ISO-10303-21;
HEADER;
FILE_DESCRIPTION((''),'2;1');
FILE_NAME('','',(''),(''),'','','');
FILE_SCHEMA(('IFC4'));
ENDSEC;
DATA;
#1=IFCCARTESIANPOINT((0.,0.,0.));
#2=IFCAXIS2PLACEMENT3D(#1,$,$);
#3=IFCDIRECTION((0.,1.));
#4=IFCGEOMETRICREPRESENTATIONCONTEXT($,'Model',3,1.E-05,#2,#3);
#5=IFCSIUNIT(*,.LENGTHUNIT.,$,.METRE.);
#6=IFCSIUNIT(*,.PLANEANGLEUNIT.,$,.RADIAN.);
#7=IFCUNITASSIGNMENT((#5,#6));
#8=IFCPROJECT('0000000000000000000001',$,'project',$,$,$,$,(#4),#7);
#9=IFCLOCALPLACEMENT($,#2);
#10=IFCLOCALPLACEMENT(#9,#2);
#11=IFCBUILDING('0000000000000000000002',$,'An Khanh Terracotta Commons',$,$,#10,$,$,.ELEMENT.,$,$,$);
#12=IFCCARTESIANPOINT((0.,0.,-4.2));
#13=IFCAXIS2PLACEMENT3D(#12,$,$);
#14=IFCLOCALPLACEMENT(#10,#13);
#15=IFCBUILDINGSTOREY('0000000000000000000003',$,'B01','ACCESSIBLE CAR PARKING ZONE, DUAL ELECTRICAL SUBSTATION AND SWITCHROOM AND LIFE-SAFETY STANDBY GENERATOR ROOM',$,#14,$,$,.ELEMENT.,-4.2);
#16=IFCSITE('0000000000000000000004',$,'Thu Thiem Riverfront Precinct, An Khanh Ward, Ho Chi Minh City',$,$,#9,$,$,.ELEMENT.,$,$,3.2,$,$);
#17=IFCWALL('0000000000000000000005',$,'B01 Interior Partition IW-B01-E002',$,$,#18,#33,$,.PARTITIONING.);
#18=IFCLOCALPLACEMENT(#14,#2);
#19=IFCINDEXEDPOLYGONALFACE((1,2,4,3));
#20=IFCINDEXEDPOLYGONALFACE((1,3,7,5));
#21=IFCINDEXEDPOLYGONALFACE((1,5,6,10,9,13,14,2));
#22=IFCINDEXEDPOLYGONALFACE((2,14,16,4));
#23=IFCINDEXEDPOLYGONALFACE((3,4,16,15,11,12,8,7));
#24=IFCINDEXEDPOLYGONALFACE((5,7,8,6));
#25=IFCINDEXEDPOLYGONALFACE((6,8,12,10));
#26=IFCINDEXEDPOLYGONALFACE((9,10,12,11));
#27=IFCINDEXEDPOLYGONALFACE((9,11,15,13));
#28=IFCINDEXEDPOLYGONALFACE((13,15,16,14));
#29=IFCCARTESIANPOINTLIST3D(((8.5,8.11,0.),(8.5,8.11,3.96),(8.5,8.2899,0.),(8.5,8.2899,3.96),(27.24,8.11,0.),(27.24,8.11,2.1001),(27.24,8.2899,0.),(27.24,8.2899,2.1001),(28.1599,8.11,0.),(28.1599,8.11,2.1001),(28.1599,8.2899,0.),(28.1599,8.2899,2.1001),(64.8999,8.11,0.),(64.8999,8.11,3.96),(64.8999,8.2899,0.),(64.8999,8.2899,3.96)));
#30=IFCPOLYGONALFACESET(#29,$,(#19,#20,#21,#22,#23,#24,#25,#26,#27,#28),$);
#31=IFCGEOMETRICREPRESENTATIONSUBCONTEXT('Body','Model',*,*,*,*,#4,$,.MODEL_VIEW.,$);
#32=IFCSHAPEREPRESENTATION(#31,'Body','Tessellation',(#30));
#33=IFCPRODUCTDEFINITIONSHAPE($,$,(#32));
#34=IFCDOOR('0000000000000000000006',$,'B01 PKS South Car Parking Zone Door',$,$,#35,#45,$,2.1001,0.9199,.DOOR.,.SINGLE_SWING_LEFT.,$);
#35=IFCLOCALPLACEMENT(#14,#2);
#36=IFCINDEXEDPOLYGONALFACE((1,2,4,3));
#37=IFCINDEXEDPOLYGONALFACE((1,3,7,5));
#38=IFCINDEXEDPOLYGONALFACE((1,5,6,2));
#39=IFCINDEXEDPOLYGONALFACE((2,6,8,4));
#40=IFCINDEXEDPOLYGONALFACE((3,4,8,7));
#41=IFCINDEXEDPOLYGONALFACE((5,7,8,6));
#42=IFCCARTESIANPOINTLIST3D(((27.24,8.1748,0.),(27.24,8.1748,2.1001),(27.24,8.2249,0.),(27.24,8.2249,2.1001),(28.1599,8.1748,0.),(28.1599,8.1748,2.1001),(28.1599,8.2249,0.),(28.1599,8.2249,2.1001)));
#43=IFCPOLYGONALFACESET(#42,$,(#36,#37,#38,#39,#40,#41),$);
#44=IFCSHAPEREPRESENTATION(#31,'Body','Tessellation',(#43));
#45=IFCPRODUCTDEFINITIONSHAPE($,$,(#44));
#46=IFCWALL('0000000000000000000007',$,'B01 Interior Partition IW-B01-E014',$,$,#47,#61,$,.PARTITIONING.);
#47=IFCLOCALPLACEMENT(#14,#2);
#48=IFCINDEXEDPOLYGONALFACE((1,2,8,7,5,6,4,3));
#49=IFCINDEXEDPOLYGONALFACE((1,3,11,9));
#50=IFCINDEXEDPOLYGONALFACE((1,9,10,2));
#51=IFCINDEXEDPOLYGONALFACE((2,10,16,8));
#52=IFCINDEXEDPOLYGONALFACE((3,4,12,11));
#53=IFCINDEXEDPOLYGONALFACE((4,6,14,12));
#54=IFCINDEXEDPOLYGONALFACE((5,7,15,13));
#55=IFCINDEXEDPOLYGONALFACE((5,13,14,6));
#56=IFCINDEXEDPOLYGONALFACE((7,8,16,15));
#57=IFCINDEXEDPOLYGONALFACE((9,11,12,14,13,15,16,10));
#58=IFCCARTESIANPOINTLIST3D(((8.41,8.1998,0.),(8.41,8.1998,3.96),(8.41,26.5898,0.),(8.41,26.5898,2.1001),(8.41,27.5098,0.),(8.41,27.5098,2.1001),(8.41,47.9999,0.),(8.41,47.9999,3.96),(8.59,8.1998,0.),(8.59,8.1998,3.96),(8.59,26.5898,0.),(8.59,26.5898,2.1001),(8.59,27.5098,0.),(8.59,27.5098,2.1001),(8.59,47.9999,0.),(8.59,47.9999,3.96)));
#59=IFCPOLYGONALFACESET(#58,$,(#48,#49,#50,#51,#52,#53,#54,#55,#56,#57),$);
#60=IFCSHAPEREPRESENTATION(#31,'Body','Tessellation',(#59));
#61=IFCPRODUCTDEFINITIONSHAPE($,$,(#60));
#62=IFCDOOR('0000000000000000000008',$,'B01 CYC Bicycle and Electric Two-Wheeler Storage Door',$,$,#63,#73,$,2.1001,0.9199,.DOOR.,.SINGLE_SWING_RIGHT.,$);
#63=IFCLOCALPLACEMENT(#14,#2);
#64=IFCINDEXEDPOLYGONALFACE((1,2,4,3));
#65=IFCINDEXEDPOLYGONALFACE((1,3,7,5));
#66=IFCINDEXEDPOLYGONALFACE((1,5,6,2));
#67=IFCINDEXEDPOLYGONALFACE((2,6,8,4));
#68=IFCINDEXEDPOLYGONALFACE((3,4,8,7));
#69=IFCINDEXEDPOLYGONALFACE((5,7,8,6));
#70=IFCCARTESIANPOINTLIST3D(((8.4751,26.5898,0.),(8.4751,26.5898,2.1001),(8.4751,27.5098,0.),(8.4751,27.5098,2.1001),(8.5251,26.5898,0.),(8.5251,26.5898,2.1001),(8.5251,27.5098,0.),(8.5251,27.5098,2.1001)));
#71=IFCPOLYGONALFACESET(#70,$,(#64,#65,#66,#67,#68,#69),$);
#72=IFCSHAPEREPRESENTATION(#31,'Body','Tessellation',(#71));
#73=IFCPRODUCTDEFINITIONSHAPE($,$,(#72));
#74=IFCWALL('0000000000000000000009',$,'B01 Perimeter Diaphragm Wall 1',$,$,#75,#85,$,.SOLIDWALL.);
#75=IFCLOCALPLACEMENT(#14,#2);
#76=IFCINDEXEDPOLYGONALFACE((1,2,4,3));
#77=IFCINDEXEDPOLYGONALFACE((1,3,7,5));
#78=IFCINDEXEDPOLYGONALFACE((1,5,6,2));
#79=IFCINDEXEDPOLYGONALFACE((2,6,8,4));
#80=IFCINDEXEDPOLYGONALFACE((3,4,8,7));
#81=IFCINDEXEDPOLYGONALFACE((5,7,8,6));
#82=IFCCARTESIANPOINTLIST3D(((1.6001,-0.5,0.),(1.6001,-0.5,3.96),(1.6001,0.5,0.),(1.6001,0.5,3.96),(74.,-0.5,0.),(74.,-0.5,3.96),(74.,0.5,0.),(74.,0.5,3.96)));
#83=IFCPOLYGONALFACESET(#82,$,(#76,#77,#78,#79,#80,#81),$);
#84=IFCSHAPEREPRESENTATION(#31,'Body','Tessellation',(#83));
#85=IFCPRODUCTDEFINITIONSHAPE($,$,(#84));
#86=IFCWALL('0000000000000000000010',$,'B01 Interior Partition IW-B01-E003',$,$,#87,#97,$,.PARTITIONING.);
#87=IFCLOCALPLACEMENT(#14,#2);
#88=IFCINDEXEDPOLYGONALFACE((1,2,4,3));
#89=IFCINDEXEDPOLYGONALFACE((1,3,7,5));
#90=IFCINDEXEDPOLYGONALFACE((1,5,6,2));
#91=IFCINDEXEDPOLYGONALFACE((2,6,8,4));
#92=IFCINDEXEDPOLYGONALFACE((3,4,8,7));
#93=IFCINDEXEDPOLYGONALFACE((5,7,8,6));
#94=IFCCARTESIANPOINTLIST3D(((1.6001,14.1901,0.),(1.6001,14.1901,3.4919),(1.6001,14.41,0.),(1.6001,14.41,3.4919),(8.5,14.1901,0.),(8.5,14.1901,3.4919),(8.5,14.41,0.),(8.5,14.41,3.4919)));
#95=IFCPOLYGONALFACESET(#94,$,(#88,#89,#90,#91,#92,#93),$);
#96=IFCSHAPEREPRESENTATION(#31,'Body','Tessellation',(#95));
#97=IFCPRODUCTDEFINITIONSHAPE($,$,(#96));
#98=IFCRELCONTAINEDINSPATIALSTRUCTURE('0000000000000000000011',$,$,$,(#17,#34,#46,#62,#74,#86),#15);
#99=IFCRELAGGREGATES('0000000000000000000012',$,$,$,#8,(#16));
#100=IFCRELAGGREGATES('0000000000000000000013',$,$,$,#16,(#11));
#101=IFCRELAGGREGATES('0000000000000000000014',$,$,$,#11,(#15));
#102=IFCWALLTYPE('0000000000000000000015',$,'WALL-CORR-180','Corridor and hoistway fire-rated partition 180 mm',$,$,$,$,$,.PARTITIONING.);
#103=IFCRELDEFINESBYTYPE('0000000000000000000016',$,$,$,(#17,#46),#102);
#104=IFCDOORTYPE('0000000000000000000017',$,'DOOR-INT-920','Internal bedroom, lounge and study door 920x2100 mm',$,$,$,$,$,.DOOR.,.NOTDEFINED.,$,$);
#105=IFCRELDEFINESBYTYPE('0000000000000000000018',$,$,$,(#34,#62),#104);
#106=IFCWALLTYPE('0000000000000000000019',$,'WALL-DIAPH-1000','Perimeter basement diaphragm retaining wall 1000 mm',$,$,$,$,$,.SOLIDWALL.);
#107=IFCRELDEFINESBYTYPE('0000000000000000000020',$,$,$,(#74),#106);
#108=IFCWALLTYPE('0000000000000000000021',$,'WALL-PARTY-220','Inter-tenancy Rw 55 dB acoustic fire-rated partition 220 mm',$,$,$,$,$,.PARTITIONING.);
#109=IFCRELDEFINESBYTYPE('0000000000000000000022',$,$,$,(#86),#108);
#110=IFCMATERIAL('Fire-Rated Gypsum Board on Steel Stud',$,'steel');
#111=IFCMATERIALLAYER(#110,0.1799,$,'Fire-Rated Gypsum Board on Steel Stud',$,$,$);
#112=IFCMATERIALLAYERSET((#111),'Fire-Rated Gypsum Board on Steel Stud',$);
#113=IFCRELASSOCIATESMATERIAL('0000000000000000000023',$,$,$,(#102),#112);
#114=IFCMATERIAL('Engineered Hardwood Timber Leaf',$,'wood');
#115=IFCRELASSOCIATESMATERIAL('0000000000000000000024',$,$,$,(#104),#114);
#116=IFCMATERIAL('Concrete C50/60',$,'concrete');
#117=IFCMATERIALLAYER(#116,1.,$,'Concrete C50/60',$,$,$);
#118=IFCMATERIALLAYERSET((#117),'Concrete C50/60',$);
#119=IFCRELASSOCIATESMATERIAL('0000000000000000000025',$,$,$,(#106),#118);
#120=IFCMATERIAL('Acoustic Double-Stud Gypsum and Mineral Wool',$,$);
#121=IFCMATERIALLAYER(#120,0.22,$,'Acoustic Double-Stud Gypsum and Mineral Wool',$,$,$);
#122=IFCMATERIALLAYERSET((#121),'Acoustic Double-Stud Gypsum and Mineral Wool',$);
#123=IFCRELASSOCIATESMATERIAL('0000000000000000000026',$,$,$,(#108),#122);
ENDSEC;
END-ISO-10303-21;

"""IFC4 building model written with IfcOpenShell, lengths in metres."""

from ifc_helpers import new_model, si_unit, direction, frame, frame_2d, origin, place, context, subcontext, project, spatial, rectangle, extrude, material, layer, layer_set, type_object, element, fill, save


model = new_model("IFC4")

# Units and contexts
model_context = context("Model", 3, precision=1e-05, world=origin(), true_north=direction((0.0, 1.0)))
body_context = subcontext(model_context, "Body", "Model", "MODEL_VIEW")
ifc_project = project(units=[si_unit("LENGTHUNIT", "METRE"), si_unit("PLANEANGLEUNIT", "RADIAN")], contexts=[model_context])

# Site, building, storey
site_placement = place(None, origin())
site = spatial("IfcSite", under=ifc_project, at=site_placement, Name="Thu Thiem Riverfront Precinct, An Khanh Ward, Ho Chi Minh City", CompositionType="ELEMENT", RefElevation=3.2)
building_placement = place(site_placement, origin())
building = spatial("IfcBuilding", under=site, at=building_placement, Name="An Khanh Terracotta Commons", CompositionType="ELEMENT")
storey_placement = place(building_placement, frame((0.0, 0.0, -4.2)))
storey = spatial("IfcBuildingStorey", under=building, at=storey_placement, Name="B01", Description="ACCESSIBLE CAR PARKING ZONE, DUAL ELECTRICAL SUBSTATION AND SWITCHROOM AND LIFE-SAFETY STANDBY GENERATOR ROOM", CompositionType="ELEMENT", Elevation=-4.2)

# Shared definitions
ifc_material_1 = material(Name="Concrete C50/60", Category="concrete")

# Walls, openings, doors
ifc_material_2 = material(Name="Fire-Rated Gypsum Board on Steel Stud", Category="steel")
ifc_layer_1 = layer(ifc_material_2, 0.1799, Name="Fire-Rated Gypsum Board on Steel Stud")
ifc_layer_set_1 = layer_set([ifc_layer_1], Name="Fire-Rated Gypsum Board on Steel Stud")
wall_type_1 = type_object("IfcWallType", Name="WALL-CORR-180", Description="Corridor and hoistway fire-rated partition 180 mm", PredefinedType="PARTITIONING", material=ifc_layer_set_1)
wall_1_placement = place(storey_placement, frame((8.5, 8.2, 0.0), z_axis=(0.0, 0.0, 1.0), x_axis=(1.0, 0.0, 0.0)))
wall_1 = element("IfcWall", 1, at=wall_1_placement, inside=storey, type_object=wall_type_1, Name="B01 Interior Partition IW-B01-E002", PredefinedType="PARTITIONING", context=body_context, shape_type="SweptSolid", body=[
    extrude(rectangle(XDim=56.3999, YDim=0.1799, at=frame_2d((28.2, 0.0))), origin(), (0.0, 0.0, 1.0), 3.96),
])
opening_1_placement = place(wall_1_placement, frame((18.74, 0.0, 0.0)))
opening_1 = element("IfcOpeningElement", 2, at=opening_1_placement, cuts=wall_1, PredefinedType="OPENING", context=body_context, shape_type="SweptSolid", body=[
    extrude(rectangle(XDim=0.9199, YDim=2.1001, at=frame_2d((0.46, 1.05))), frame((0.0, 0.0999, 0.0), z_axis=(0.0, -1.0, 0.0), x_axis=(1.0, 0.0, 0.0)), (0.0, 0.0, 1.0), 0.2),
])
ifc_material_3 = material(Name="Engineered Hardwood Timber Leaf", Category="wood")
door_type = type_object("IfcDoorType", Name="DOOR-INT-920", Description="Internal bedroom, lounge and study door 920x2100 mm", OperationType="NOTDEFINED", PredefinedType="DOOR", material=ifc_material_3)
door_1_placement = place(opening_1_placement, origin())
door_1 = element("IfcDoor", 3, at=door_1_placement, inside=storey, type_object=door_type, Name="B01 PKS South Car Parking Zone Door", OperationType="SINGLE_SWING_LEFT", OverallHeight=2.1001, OverallWidth=0.9199, PredefinedType="DOOR", context=body_context, shape_type="SweptSolid", body=[
    extrude(rectangle(XDim=0.9199, YDim=2.1001, at=frame_2d((0.46, 1.05))), frame((0.0, 0.0249, 0.0), z_axis=(0.0, -1.0, 0.0), x_axis=(1.0, 0.0, 0.0)), (0.0, 0.0, 1.0), 0.05),
])
fill(opening_1, door_1)
wall_2_placement = place(storey_placement, frame((8.5, 8.2, 0.0), z_axis=(0.0, 0.0, 1.0), x_axis=(0.0, 1.0, 0.0)))
wall_2 = element("IfcWall", 4, at=wall_2_placement, inside=storey, type_object=wall_type_1, Name="B01 Interior Partition IW-B01-E014", PredefinedType="PARTITIONING", context=body_context, shape_type="SweptSolid", body=[
    extrude(rectangle(XDim=39.8, YDim=0.1799, at=frame_2d((19.8999, 0.0))), origin(), (0.0, 0.0, 1.0), 3.96),
])
opening_2_placement = place(wall_2_placement, frame((18.3899, 0.0, 0.0)))
opening_2 = element("IfcOpeningElement", 5, at=opening_2_placement, cuts=wall_2, PredefinedType="OPENING", context=body_context, shape_type="SweptSolid", body=[
    extrude(rectangle(XDim=0.9199, YDim=2.1001, at=frame_2d((0.46, 1.05))), frame((0.0, 0.0999, 0.0), z_axis=(0.0, -1.0, 0.0), x_axis=(1.0, 0.0, 0.0)), (0.0, 0.0, 1.0), 0.2),
])
door_2_placement = place(opening_2_placement, origin())
door_2 = element("IfcDoor", 6, at=door_2_placement, inside=storey, type_object=door_type, Name="B01 CYC Bicycle and Electric Two-Wheeler Storage Door", OperationType="SINGLE_SWING_RIGHT", OverallHeight=2.1001, OverallWidth=0.9199, PredefinedType="DOOR", context=body_context, shape_type="SweptSolid", body=[
    extrude(rectangle(XDim=0.9199, YDim=2.1001, at=frame_2d((0.46, 1.05))), frame((0.0, 0.0249, 0.0), z_axis=(0.0, -1.0, 0.0), x_axis=(1.0, 0.0, 0.0)), (0.0, 0.0, 1.0), 0.05),
])
fill(opening_2, door_2)

# Walls
ifc_layer_2 = layer(ifc_material_1, 1.0, Name="Concrete C50/60")
ifc_layer_set_2 = layer_set([ifc_layer_2], Name="Concrete C50/60")
wall_type_2 = type_object("IfcWallType", Name="WALL-DIAPH-1000", Description="Perimeter basement diaphragm retaining wall 1000 mm", PredefinedType="SOLIDWALL", material=ifc_layer_set_2)
wall_3_placement = place(storey_placement, frame((1.6001, 0.0, 0.0), z_axis=(0.0, 0.0, 1.0), x_axis=(1.0, 0.0, 0.0)))
element("IfcWall", 7, at=wall_3_placement, inside=storey, type_object=wall_type_2, Name="B01 Perimeter Diaphragm Wall 1", PredefinedType="SOLIDWALL", context=body_context, shape_type="SweptSolid", body=[
    extrude(rectangle(XDim=72.3999, YDim=1.0, at=frame_2d((36.2, 0.0))), origin(), (0.0, 0.0, 1.0), 3.96),
])
ifc_material_4 = material(Name="Acoustic Double-Stud Gypsum and Mineral Wool")
ifc_layer_3 = layer(ifc_material_4, 0.22, Name="Acoustic Double-Stud Gypsum and Mineral Wool")
ifc_layer_set_3 = layer_set([ifc_layer_3], Name="Acoustic Double-Stud Gypsum and Mineral Wool")
wall_type_3 = type_object("IfcWallType", Name="WALL-PARTY-220", Description="Inter-tenancy Rw 55 dB acoustic fire-rated partition 220 mm", PredefinedType="PARTITIONING", material=ifc_layer_set_3)
wall_4_placement = place(storey_placement, frame((1.6001, 14.3, 0.0), z_axis=(0.0, 0.0, 1.0), x_axis=(1.0, 0.0, 0.0)))
element("IfcWall", 8, at=wall_4_placement, inside=storey, type_object=wall_type_3, Name="B01 Interior Partition IW-B01-E003", PredefinedType="PARTITIONING", context=body_context, shape_type="SweptSolid", body=[
    extrude(rectangle(XDim=6.8999, YDim=0.22, at=frame_2d((3.45, 0.0))), origin(), (0.0, 0.0, 1.0), 3.4919),
])

save(model, "model.ifc")
